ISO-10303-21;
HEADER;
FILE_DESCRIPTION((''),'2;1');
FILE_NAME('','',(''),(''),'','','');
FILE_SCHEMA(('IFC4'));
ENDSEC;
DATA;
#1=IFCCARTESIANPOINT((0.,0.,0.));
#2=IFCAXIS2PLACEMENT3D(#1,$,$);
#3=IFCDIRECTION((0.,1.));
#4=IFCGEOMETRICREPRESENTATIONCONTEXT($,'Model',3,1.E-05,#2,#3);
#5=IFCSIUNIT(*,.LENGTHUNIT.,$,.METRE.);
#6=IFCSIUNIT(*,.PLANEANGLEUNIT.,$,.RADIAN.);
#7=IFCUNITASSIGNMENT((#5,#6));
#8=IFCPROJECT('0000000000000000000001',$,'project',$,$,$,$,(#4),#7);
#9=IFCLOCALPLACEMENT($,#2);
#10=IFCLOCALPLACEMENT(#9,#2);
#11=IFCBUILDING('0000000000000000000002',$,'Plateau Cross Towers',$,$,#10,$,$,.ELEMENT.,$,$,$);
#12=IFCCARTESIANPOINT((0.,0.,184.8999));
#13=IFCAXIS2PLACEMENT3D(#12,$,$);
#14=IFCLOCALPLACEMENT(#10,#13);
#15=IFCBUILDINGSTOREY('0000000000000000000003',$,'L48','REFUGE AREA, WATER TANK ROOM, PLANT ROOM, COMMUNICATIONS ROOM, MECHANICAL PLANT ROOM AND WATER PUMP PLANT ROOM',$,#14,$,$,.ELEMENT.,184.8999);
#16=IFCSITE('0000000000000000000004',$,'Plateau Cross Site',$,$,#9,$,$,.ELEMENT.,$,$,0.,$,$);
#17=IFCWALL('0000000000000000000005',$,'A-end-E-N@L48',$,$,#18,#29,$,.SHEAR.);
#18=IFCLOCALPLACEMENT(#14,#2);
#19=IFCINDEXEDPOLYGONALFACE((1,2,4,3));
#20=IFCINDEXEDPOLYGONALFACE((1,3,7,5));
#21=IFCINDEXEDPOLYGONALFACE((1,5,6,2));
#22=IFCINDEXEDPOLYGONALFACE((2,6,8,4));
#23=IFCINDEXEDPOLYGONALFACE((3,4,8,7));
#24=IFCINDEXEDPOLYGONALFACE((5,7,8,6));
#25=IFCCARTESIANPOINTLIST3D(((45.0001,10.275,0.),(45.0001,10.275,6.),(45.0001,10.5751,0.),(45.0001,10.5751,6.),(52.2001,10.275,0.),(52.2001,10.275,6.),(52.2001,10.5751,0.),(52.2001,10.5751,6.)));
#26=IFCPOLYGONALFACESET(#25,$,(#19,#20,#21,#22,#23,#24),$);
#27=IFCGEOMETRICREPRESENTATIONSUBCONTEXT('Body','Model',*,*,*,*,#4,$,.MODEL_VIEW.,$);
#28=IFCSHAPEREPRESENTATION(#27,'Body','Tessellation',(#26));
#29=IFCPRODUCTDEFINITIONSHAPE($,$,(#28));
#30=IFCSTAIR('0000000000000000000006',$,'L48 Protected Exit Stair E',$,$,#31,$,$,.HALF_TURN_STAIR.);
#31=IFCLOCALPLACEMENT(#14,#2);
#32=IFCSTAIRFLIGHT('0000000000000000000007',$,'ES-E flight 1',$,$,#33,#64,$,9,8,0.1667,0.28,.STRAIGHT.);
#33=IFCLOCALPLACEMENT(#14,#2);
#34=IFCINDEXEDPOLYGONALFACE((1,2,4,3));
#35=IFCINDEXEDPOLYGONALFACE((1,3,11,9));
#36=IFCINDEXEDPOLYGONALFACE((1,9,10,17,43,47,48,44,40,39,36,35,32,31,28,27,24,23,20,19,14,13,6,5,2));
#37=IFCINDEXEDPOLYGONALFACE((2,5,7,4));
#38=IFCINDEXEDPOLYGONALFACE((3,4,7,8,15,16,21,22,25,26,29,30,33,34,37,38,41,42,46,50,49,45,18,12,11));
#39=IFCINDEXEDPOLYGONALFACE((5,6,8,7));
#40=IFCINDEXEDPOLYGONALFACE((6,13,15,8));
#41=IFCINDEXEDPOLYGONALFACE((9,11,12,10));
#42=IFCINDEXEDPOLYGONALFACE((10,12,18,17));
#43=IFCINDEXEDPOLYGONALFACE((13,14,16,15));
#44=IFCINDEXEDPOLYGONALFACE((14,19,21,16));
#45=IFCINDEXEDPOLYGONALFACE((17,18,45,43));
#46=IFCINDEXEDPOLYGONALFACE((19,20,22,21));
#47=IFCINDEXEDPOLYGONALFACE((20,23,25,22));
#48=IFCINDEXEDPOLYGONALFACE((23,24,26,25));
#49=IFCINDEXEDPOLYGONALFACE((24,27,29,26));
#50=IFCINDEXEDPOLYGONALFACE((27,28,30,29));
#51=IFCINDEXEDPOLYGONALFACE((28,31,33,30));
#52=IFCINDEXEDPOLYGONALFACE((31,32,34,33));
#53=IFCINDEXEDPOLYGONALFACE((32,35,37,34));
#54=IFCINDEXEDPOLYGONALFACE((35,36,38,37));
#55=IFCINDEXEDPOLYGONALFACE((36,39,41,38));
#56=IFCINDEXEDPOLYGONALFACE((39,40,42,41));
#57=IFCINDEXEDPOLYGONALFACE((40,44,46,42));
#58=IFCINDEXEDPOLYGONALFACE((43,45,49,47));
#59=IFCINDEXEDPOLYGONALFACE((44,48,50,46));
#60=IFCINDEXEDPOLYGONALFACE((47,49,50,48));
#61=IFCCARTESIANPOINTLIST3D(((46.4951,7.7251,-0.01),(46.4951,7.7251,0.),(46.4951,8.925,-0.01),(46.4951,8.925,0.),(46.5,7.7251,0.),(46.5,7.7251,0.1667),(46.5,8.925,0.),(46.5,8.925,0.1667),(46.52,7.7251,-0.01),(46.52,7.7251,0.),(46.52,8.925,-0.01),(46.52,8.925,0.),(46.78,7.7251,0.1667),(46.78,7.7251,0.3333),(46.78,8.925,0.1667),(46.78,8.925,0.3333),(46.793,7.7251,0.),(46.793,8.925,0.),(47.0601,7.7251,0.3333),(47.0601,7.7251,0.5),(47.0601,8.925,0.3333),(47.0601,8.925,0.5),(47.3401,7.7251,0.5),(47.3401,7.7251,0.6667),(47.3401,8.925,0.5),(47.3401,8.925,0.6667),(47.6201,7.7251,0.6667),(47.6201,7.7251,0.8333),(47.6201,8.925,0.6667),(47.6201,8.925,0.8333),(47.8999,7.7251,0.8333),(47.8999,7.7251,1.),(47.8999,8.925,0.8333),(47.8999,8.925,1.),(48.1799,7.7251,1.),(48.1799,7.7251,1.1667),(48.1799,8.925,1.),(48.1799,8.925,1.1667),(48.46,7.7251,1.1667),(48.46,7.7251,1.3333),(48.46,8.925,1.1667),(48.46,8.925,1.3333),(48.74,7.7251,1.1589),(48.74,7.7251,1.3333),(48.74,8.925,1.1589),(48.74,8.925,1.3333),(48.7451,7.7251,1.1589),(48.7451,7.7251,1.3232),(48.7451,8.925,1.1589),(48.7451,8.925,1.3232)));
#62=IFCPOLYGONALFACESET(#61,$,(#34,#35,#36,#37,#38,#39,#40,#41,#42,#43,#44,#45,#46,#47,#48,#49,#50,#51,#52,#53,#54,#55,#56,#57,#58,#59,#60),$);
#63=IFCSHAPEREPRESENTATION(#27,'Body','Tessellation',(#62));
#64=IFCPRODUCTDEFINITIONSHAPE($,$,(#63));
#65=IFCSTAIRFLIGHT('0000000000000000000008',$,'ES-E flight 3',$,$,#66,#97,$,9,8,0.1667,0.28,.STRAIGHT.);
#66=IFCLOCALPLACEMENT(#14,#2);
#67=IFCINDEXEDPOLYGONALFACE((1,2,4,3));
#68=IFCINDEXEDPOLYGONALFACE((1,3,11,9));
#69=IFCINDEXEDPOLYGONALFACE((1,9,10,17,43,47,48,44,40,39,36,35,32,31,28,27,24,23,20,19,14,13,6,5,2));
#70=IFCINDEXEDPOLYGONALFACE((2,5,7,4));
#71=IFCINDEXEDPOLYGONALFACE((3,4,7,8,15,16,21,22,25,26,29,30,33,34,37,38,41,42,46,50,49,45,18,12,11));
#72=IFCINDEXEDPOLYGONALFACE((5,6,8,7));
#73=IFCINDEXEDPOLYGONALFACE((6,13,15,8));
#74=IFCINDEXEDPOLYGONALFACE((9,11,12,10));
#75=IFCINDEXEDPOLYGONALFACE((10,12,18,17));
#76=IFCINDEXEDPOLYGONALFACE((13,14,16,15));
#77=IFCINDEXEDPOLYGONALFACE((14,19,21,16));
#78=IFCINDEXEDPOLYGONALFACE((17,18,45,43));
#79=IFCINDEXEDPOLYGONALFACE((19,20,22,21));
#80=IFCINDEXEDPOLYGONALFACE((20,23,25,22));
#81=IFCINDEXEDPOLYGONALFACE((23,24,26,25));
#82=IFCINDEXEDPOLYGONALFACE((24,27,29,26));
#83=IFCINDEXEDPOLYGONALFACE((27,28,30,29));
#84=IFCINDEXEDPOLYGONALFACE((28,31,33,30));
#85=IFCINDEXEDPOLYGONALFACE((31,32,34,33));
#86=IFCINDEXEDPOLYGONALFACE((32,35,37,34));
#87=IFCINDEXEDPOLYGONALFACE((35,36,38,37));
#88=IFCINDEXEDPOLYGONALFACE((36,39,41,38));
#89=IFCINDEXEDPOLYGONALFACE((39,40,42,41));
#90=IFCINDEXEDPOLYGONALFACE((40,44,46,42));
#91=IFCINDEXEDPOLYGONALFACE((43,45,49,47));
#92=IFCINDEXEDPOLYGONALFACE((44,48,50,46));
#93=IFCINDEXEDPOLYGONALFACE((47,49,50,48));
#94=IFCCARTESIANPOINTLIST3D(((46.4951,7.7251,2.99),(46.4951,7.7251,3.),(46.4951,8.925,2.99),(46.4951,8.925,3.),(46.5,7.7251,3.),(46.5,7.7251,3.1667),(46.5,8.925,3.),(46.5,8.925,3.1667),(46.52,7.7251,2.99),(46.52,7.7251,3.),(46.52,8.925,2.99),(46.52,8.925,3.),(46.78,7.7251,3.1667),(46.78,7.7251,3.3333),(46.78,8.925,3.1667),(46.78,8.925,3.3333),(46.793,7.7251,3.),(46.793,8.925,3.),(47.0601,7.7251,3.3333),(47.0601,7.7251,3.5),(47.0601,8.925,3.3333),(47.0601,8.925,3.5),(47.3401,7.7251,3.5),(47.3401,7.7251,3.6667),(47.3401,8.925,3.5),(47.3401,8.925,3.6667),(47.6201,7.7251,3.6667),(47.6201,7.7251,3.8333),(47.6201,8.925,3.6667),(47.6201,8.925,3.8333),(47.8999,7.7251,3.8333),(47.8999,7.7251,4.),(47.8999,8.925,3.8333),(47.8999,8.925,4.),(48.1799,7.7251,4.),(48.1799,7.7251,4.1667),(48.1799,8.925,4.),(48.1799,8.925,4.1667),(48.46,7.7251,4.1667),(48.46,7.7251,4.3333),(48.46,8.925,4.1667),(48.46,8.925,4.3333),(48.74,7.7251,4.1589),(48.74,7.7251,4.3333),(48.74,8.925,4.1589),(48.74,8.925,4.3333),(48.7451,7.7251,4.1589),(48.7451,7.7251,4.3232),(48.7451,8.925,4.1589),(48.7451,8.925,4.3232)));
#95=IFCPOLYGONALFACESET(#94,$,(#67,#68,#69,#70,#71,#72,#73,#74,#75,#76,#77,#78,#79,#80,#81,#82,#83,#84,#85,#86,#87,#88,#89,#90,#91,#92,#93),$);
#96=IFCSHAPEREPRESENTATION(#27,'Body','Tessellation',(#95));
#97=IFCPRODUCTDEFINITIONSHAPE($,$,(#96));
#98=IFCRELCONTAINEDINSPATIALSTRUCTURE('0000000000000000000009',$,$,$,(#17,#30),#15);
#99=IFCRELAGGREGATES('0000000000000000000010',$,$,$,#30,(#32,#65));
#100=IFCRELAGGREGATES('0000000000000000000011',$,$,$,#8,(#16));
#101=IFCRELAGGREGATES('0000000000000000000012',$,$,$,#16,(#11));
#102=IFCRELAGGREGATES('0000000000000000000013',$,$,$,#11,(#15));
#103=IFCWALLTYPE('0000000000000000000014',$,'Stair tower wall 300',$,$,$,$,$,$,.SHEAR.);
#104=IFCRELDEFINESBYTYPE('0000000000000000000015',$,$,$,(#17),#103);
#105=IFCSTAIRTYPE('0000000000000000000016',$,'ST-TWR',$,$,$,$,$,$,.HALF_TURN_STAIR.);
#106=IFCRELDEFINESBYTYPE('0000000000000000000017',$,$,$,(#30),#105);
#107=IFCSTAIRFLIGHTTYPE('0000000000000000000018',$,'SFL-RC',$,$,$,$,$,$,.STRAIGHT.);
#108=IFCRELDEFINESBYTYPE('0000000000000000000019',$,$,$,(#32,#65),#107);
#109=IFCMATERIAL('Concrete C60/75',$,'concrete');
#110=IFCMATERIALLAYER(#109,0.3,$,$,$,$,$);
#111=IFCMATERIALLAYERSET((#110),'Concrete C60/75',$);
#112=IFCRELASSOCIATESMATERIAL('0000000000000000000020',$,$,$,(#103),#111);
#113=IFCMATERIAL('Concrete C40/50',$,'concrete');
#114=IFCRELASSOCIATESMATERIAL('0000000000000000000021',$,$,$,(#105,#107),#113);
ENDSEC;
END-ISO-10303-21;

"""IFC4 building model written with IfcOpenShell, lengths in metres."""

from ifc_helpers import new_model, si_unit, direction, frame, frame_2d, origin, place, context, subcontext, project, spatial, polyline, rectangle, outline, extrude, material, layer, layer_set, type_object, element, aggregate, save


model = new_model("IFC4")

# Units and contexts
model_context = context("Model", 3, precision=1e-05, world=origin(), true_north=direction((0.0, 1.0)))
body_context = subcontext(model_context, "Body", "Model", "MODEL_VIEW")
ifc_project = project(units=[si_unit("LENGTHUNIT", "METRE"), si_unit("PLANEANGLEUNIT", "RADIAN")], contexts=[model_context])

# Site, building, storey
site_placement = place(None, origin())
site = spatial("IfcSite", under=ifc_project, at=site_placement, Name="Plateau Cross Site", CompositionType="ELEMENT", RefElevation=0.0)
building_placement = place(site_placement, origin())
building = spatial("IfcBuilding", under=site, at=building_placement, Name="Plateau Cross Towers", CompositionType="ELEMENT")
storey_placement = place(building_placement, frame((0.0, 0.0, 184.8999)))
storey = spatial("IfcBuildingStorey", under=building, at=storey_placement, Name="L48", Description="REFUGE AREA, WATER TANK ROOM, PLANT ROOM, COMMUNICATIONS ROOM, MECHANICAL PLANT ROOM AND WATER PUMP PLANT ROOM", CompositionType="ELEMENT", Elevation=184.8999)

# Shared definitions
ifc_material_1 = material(Name="Concrete C60/75", Category="concrete")
ifc_layer_1 = layer(ifc_material_1, 0.3)
ifc_layer_set_1 = layer_set([ifc_layer_1], Name="Concrete C60/75")
wall_type_1 = type_object("IfcWallType", Name="Stair tower wall 300", PredefinedType="SHEAR", material=ifc_layer_set_1)

# Wall
for number, where, z_axis, x_axis, name in (
    (1, (45.0, 10.425, 0.0), (0.0, 0.0, 1.0), (1.0, 0.0, 0.0), "A-end-E-N@L48"),
):
    element("IfcWall", number, at=place(storey_placement, frame(where, z_axis=z_axis, x_axis=x_axis)), inside=storey, type_object=wall_type_1, Name=name, PredefinedType="SHEAR", context=body_context, shape_type="SweptSolid", body=[
        extrude(rectangle(XDim=7.2, YDim=0.3, at=frame_2d((3.6001, 0.0))), origin(), (0.0, 0.0, 1.0), 6.0),
    ])

# Stair, stair flights
ifc_material_2 = material(Name="Concrete C40/50", Category="concrete")
stair_type = type_object("IfcStairType", Name="ST-TWR", PredefinedType="HALF_TURN_STAIR", material=ifc_material_2)
stair_placement = place(storey_placement, origin())
stair = element("IfcStair", 2, at=stair_placement, inside=storey, type_object=stair_type, Name="L48 Protected Exit Stair E", PredefinedType="HALF_TURN_STAIR")
stair_flight_type = type_object("IfcStairFlightType", Name="SFL-RC", PredefinedType="STRAIGHT", material=ifc_material_2)
stair_flight_1_placement = place(storey_placement, frame((46.5, 8.325, 0.0), z_axis=(0.0, 0.0, 1.0), x_axis=(1.0, 0.0, 0.0)))
stair_flight_1 = element("IfcStairFlight", 3, at=stair_flight_1_placement, type_object=stair_flight_type, Name="ES-E flight 1", NumberOfRisers=9, NumberOfTreads=8, PredefinedType="STRAIGHT", RiserHeight=0.1667, TreadLength=0.28, context=body_context, shape_type="SweptSolid", body=[
    extrude(outline(polyline([(-0.0049, -0.01), (-0.0049, 0.0), (0.0, 0.0), (0.0, 0.1667), (0.28, 0.1667), (0.28, 0.3333), (0.5601, 0.3333), (0.5601, 0.5), (0.8401, 0.5), (0.8401, 0.6667), (1.1201, 0.6667), (1.1201, 0.8333), (1.3999, 0.8333), (1.3999, 1.0), (1.6799, 1.0), (1.6799, 1.1667), (1.96, 1.1667), (1.96, 1.3333), (2.24, 1.3333), (2.2451, 1.3232), (2.2451, 1.1589), (2.24, 1.1589), (0.293, 0.0), (0.02, 0.0), (0.02, -0.01), (-0.0049, -0.01)])), frame((0.0, 0.6001, 0.0), z_axis=(0.0, -1.0, 0.0), x_axis=(1.0, 0.0, 0.0)), (0.0, 0.0, 1.0), 1.2),
])
stair_flight_2_placement = place(storey_placement, frame((46.5, 8.325, 3.0), z_axis=(0.0, 0.0, 1.0), x_axis=(1.0, 0.0, 0.0)))
stair_flight_2 = element("IfcStairFlight", 4, at=stair_flight_2_placement, type_object=stair_flight_type, Name="ES-E flight 3", NumberOfRisers=9, NumberOfTreads=8, PredefinedType="STRAIGHT", RiserHeight=0.1667, TreadLength=0.28, context=body_context, shape_type="SweptSolid", body=[
    extrude(outline(polyline([(-0.0049, -0.01), (-0.0049, 0.0), (0.0, 0.0), (0.0, 0.1667), (0.28, 0.1667), (0.28, 0.3333), (0.5601, 0.3333), (0.5601, 0.5), (0.8401, 0.5), (0.8401, 0.6667), (1.1201, 0.6667), (1.1201, 0.8333), (1.3999, 0.8333), (1.3999, 1.0), (1.6799, 1.0), (1.6799, 1.1667), (1.96, 1.1667), (1.96, 1.3333), (2.24, 1.3333), (2.2451, 1.3232), (2.2451, 1.1589), (2.24, 1.1589), (0.293, 0.0), (0.02, 0.0), (0.02, -0.01), (-0.0049, -0.01)])), frame((0.0, 0.6001, 0.0), z_axis=(0.0, -1.0, 0.0), x_axis=(1.0, 0.0, 0.0)), (0.0, 0.0, 1.0), 1.2),
])
aggregate(stair, [stair_flight_1, stair_flight_2])

save(model, "model.ifc")
